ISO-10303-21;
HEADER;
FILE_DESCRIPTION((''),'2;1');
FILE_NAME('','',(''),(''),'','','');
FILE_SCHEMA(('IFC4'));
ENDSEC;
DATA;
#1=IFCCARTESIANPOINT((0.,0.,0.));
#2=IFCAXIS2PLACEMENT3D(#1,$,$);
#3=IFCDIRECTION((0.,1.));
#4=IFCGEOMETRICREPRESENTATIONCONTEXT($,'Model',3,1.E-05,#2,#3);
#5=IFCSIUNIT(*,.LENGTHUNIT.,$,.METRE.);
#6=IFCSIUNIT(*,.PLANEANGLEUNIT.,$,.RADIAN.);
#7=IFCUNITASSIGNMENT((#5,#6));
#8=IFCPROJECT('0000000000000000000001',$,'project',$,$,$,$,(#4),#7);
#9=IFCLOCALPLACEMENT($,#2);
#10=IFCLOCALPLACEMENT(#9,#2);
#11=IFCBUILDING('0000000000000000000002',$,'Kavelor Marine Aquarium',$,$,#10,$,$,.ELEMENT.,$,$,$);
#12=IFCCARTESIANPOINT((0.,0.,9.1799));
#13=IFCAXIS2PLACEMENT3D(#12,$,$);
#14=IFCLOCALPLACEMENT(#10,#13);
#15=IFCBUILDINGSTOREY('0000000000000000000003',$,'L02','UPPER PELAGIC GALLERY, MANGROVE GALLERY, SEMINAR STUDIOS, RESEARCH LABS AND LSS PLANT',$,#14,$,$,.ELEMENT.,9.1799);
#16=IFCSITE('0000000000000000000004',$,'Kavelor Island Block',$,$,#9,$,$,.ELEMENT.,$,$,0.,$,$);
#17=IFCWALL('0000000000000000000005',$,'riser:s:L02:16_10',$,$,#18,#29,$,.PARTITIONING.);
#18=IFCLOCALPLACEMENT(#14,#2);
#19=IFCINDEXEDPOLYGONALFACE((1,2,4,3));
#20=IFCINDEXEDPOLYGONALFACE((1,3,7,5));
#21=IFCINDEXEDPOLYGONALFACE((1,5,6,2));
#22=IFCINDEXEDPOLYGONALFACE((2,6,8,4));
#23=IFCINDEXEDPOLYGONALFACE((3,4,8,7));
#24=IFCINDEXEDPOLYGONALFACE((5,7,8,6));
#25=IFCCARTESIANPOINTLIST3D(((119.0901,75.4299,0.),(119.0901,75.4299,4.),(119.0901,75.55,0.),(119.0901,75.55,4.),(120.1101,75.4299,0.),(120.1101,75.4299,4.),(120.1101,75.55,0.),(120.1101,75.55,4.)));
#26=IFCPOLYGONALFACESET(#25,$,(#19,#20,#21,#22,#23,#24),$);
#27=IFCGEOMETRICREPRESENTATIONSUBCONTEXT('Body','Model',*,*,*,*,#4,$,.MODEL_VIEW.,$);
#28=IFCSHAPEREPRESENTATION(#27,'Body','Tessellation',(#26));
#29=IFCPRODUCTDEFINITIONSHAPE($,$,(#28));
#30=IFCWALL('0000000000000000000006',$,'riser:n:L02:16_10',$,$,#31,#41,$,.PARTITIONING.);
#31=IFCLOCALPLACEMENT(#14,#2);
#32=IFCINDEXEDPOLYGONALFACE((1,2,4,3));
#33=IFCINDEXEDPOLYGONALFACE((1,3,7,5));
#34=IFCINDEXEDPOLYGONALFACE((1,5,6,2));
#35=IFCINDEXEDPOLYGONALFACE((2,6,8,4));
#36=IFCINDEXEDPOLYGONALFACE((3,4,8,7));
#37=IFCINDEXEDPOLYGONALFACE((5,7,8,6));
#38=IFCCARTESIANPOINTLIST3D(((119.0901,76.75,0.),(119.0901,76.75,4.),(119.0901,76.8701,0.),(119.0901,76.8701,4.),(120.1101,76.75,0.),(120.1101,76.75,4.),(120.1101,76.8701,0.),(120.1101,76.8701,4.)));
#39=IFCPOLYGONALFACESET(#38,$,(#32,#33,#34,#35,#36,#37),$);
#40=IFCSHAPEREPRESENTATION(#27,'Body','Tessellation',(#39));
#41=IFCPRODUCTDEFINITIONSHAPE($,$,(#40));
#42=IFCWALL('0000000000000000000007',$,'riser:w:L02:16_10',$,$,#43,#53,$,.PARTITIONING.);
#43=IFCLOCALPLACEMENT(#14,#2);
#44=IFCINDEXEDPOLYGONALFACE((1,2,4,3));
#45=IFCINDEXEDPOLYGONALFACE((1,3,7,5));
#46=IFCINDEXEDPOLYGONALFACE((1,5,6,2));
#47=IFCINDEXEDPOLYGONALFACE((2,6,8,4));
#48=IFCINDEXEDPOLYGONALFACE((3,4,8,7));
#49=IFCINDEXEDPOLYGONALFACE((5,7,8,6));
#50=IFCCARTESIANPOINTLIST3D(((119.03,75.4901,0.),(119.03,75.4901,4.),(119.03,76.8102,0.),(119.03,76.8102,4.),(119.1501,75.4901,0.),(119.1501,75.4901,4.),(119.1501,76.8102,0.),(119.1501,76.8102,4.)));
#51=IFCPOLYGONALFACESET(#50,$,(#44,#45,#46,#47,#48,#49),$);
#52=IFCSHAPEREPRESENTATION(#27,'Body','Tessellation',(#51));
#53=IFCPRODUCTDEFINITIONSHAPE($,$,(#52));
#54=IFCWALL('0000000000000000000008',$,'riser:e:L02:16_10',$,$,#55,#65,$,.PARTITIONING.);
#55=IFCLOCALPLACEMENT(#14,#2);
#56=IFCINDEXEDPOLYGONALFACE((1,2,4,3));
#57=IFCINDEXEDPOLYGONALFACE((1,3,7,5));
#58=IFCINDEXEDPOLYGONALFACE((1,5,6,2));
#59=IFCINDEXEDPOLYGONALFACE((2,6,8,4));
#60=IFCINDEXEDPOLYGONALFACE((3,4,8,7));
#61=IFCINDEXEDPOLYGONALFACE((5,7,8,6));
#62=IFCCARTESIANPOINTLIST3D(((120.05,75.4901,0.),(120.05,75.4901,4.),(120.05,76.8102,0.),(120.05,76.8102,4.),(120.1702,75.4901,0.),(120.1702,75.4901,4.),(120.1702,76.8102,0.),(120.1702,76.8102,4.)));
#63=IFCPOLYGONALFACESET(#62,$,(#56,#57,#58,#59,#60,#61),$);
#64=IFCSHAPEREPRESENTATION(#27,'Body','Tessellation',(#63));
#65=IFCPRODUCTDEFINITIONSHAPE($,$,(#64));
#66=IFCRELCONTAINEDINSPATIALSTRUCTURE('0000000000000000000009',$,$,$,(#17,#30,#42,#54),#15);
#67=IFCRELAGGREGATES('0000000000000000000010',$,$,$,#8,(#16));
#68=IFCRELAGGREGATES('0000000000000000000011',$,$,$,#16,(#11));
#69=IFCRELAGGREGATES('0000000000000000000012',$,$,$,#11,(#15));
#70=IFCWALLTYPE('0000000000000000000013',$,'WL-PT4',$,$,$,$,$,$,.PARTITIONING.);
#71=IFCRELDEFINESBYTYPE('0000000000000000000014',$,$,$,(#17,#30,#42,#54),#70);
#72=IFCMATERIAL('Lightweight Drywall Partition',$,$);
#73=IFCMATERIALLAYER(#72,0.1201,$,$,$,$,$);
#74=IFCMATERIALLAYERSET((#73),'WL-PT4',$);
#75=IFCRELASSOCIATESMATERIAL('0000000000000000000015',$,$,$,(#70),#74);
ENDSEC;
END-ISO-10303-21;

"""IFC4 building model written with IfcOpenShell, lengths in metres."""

from ifc_helpers import new_model, si_unit, direction, frame, frame_2d, origin, place, context, subcontext, project, spatial, rectangle, extrude, material, layer, layer_set, type_object, element, save


model = new_model("IFC4")

# Units and contexts
model_context = context("Model", 3, precision=1e-05, world=origin(), true_north=direction((0.0, 1.0)))
body_context = subcontext(model_context, "Body", "Model", "MODEL_VIEW")
ifc_project = project(units=[si_unit("LENGTHUNIT", "METRE"), si_unit("PLANEANGLEUNIT", "RADIAN")], contexts=[model_context])

# Site, building, storey
site_placement = place(None, origin())
site = spatial("IfcSite", under=ifc_project, at=site_placement, Name="Kavelor Island Block", CompositionType="ELEMENT", RefElevation=0.0)
building_placement = place(site_placement, origin())
building = spatial("IfcBuilding", under=site, at=building_placement, Name="Kavelor Marine Aquarium", CompositionType="ELEMENT")
storey_placement = place(building_placement, frame((0.0, 0.0, 9.1799)))
storey = spatial("IfcBuildingStorey", under=building, at=storey_placement, Name="L02", Description="UPPER PELAGIC GALLERY, MANGROVE GALLERY, SEMINAR STUDIOS, RESEARCH LABS AND LSS PLANT", CompositionType="ELEMENT", Elevation=9.1799)

# Walls
ifc_material_1 = material(Name="Lightweight Drywall Partition")
ifc_layer_1 = layer(ifc_material_1, 0.1201)
ifc_layer_set_1 = layer_set([ifc_layer_1], Name="WL-PT4")
wall_type_1 = type_object("IfcWallType", Name="WL-PT4", PredefinedType="PARTITIONING", material=ifc_layer_set_1)
for number, where, z_axis, x_axis, name in (
    (1, (119.0901, 75.49, 0.0), (0.0, 0.0, 1.0), (1.0, 0.0, 0.0), "riser:s:L02:16_10"),
    (2, (119.0901, 76.8101, 0.0), (0.0, 0.0, 1.0), (1.0, 0.0, 0.0), "riser:n:L02:16_10"),
):
    element("IfcWall", number, at=place(storey_placement, frame(where, z_axis=z_axis, x_axis=x_axis)), inside=storey, type_object=wall_type_1, Name=name, PredefinedType="PARTITIONING", context=body_context, shape_type="SweptSolid", body=[
        extrude(rectangle(XDim=1.02, YDim=0.1201, at=frame_2d((0.51, 0.0))), origin(), (0.0, 0.0, 1.0), 4.0),
    ])
for number, where, z_axis, x_axis, name in (
    (3, (119.0901, 75.49, 0.0), (0.0, 0.0, 1.0), (0.0, 1.0, 0.0), "riser:w:L02:16_10"),
    (4, (120.1101, 75.49, 0.0), (0.0, 0.0, 1.0), (0.0, 1.0, 0.0), "riser:e:L02:16_10"),
):
    element("IfcWall", number, at=place(storey_placement, frame(where, z_axis=z_axis, x_axis=x_axis)), inside=storey, type_object=wall_type_1, Name=name, PredefinedType="PARTITIONING", context=body_context, shape_type="SweptSolid", body=[
        extrude(rectangle(XDim=1.3201, YDim=0.1201, at=frame_2d((0.6602, 0.0))), origin(), (0.0, 0.0, 1.0), 4.0),
    ])

save(model, "model.ifc")
